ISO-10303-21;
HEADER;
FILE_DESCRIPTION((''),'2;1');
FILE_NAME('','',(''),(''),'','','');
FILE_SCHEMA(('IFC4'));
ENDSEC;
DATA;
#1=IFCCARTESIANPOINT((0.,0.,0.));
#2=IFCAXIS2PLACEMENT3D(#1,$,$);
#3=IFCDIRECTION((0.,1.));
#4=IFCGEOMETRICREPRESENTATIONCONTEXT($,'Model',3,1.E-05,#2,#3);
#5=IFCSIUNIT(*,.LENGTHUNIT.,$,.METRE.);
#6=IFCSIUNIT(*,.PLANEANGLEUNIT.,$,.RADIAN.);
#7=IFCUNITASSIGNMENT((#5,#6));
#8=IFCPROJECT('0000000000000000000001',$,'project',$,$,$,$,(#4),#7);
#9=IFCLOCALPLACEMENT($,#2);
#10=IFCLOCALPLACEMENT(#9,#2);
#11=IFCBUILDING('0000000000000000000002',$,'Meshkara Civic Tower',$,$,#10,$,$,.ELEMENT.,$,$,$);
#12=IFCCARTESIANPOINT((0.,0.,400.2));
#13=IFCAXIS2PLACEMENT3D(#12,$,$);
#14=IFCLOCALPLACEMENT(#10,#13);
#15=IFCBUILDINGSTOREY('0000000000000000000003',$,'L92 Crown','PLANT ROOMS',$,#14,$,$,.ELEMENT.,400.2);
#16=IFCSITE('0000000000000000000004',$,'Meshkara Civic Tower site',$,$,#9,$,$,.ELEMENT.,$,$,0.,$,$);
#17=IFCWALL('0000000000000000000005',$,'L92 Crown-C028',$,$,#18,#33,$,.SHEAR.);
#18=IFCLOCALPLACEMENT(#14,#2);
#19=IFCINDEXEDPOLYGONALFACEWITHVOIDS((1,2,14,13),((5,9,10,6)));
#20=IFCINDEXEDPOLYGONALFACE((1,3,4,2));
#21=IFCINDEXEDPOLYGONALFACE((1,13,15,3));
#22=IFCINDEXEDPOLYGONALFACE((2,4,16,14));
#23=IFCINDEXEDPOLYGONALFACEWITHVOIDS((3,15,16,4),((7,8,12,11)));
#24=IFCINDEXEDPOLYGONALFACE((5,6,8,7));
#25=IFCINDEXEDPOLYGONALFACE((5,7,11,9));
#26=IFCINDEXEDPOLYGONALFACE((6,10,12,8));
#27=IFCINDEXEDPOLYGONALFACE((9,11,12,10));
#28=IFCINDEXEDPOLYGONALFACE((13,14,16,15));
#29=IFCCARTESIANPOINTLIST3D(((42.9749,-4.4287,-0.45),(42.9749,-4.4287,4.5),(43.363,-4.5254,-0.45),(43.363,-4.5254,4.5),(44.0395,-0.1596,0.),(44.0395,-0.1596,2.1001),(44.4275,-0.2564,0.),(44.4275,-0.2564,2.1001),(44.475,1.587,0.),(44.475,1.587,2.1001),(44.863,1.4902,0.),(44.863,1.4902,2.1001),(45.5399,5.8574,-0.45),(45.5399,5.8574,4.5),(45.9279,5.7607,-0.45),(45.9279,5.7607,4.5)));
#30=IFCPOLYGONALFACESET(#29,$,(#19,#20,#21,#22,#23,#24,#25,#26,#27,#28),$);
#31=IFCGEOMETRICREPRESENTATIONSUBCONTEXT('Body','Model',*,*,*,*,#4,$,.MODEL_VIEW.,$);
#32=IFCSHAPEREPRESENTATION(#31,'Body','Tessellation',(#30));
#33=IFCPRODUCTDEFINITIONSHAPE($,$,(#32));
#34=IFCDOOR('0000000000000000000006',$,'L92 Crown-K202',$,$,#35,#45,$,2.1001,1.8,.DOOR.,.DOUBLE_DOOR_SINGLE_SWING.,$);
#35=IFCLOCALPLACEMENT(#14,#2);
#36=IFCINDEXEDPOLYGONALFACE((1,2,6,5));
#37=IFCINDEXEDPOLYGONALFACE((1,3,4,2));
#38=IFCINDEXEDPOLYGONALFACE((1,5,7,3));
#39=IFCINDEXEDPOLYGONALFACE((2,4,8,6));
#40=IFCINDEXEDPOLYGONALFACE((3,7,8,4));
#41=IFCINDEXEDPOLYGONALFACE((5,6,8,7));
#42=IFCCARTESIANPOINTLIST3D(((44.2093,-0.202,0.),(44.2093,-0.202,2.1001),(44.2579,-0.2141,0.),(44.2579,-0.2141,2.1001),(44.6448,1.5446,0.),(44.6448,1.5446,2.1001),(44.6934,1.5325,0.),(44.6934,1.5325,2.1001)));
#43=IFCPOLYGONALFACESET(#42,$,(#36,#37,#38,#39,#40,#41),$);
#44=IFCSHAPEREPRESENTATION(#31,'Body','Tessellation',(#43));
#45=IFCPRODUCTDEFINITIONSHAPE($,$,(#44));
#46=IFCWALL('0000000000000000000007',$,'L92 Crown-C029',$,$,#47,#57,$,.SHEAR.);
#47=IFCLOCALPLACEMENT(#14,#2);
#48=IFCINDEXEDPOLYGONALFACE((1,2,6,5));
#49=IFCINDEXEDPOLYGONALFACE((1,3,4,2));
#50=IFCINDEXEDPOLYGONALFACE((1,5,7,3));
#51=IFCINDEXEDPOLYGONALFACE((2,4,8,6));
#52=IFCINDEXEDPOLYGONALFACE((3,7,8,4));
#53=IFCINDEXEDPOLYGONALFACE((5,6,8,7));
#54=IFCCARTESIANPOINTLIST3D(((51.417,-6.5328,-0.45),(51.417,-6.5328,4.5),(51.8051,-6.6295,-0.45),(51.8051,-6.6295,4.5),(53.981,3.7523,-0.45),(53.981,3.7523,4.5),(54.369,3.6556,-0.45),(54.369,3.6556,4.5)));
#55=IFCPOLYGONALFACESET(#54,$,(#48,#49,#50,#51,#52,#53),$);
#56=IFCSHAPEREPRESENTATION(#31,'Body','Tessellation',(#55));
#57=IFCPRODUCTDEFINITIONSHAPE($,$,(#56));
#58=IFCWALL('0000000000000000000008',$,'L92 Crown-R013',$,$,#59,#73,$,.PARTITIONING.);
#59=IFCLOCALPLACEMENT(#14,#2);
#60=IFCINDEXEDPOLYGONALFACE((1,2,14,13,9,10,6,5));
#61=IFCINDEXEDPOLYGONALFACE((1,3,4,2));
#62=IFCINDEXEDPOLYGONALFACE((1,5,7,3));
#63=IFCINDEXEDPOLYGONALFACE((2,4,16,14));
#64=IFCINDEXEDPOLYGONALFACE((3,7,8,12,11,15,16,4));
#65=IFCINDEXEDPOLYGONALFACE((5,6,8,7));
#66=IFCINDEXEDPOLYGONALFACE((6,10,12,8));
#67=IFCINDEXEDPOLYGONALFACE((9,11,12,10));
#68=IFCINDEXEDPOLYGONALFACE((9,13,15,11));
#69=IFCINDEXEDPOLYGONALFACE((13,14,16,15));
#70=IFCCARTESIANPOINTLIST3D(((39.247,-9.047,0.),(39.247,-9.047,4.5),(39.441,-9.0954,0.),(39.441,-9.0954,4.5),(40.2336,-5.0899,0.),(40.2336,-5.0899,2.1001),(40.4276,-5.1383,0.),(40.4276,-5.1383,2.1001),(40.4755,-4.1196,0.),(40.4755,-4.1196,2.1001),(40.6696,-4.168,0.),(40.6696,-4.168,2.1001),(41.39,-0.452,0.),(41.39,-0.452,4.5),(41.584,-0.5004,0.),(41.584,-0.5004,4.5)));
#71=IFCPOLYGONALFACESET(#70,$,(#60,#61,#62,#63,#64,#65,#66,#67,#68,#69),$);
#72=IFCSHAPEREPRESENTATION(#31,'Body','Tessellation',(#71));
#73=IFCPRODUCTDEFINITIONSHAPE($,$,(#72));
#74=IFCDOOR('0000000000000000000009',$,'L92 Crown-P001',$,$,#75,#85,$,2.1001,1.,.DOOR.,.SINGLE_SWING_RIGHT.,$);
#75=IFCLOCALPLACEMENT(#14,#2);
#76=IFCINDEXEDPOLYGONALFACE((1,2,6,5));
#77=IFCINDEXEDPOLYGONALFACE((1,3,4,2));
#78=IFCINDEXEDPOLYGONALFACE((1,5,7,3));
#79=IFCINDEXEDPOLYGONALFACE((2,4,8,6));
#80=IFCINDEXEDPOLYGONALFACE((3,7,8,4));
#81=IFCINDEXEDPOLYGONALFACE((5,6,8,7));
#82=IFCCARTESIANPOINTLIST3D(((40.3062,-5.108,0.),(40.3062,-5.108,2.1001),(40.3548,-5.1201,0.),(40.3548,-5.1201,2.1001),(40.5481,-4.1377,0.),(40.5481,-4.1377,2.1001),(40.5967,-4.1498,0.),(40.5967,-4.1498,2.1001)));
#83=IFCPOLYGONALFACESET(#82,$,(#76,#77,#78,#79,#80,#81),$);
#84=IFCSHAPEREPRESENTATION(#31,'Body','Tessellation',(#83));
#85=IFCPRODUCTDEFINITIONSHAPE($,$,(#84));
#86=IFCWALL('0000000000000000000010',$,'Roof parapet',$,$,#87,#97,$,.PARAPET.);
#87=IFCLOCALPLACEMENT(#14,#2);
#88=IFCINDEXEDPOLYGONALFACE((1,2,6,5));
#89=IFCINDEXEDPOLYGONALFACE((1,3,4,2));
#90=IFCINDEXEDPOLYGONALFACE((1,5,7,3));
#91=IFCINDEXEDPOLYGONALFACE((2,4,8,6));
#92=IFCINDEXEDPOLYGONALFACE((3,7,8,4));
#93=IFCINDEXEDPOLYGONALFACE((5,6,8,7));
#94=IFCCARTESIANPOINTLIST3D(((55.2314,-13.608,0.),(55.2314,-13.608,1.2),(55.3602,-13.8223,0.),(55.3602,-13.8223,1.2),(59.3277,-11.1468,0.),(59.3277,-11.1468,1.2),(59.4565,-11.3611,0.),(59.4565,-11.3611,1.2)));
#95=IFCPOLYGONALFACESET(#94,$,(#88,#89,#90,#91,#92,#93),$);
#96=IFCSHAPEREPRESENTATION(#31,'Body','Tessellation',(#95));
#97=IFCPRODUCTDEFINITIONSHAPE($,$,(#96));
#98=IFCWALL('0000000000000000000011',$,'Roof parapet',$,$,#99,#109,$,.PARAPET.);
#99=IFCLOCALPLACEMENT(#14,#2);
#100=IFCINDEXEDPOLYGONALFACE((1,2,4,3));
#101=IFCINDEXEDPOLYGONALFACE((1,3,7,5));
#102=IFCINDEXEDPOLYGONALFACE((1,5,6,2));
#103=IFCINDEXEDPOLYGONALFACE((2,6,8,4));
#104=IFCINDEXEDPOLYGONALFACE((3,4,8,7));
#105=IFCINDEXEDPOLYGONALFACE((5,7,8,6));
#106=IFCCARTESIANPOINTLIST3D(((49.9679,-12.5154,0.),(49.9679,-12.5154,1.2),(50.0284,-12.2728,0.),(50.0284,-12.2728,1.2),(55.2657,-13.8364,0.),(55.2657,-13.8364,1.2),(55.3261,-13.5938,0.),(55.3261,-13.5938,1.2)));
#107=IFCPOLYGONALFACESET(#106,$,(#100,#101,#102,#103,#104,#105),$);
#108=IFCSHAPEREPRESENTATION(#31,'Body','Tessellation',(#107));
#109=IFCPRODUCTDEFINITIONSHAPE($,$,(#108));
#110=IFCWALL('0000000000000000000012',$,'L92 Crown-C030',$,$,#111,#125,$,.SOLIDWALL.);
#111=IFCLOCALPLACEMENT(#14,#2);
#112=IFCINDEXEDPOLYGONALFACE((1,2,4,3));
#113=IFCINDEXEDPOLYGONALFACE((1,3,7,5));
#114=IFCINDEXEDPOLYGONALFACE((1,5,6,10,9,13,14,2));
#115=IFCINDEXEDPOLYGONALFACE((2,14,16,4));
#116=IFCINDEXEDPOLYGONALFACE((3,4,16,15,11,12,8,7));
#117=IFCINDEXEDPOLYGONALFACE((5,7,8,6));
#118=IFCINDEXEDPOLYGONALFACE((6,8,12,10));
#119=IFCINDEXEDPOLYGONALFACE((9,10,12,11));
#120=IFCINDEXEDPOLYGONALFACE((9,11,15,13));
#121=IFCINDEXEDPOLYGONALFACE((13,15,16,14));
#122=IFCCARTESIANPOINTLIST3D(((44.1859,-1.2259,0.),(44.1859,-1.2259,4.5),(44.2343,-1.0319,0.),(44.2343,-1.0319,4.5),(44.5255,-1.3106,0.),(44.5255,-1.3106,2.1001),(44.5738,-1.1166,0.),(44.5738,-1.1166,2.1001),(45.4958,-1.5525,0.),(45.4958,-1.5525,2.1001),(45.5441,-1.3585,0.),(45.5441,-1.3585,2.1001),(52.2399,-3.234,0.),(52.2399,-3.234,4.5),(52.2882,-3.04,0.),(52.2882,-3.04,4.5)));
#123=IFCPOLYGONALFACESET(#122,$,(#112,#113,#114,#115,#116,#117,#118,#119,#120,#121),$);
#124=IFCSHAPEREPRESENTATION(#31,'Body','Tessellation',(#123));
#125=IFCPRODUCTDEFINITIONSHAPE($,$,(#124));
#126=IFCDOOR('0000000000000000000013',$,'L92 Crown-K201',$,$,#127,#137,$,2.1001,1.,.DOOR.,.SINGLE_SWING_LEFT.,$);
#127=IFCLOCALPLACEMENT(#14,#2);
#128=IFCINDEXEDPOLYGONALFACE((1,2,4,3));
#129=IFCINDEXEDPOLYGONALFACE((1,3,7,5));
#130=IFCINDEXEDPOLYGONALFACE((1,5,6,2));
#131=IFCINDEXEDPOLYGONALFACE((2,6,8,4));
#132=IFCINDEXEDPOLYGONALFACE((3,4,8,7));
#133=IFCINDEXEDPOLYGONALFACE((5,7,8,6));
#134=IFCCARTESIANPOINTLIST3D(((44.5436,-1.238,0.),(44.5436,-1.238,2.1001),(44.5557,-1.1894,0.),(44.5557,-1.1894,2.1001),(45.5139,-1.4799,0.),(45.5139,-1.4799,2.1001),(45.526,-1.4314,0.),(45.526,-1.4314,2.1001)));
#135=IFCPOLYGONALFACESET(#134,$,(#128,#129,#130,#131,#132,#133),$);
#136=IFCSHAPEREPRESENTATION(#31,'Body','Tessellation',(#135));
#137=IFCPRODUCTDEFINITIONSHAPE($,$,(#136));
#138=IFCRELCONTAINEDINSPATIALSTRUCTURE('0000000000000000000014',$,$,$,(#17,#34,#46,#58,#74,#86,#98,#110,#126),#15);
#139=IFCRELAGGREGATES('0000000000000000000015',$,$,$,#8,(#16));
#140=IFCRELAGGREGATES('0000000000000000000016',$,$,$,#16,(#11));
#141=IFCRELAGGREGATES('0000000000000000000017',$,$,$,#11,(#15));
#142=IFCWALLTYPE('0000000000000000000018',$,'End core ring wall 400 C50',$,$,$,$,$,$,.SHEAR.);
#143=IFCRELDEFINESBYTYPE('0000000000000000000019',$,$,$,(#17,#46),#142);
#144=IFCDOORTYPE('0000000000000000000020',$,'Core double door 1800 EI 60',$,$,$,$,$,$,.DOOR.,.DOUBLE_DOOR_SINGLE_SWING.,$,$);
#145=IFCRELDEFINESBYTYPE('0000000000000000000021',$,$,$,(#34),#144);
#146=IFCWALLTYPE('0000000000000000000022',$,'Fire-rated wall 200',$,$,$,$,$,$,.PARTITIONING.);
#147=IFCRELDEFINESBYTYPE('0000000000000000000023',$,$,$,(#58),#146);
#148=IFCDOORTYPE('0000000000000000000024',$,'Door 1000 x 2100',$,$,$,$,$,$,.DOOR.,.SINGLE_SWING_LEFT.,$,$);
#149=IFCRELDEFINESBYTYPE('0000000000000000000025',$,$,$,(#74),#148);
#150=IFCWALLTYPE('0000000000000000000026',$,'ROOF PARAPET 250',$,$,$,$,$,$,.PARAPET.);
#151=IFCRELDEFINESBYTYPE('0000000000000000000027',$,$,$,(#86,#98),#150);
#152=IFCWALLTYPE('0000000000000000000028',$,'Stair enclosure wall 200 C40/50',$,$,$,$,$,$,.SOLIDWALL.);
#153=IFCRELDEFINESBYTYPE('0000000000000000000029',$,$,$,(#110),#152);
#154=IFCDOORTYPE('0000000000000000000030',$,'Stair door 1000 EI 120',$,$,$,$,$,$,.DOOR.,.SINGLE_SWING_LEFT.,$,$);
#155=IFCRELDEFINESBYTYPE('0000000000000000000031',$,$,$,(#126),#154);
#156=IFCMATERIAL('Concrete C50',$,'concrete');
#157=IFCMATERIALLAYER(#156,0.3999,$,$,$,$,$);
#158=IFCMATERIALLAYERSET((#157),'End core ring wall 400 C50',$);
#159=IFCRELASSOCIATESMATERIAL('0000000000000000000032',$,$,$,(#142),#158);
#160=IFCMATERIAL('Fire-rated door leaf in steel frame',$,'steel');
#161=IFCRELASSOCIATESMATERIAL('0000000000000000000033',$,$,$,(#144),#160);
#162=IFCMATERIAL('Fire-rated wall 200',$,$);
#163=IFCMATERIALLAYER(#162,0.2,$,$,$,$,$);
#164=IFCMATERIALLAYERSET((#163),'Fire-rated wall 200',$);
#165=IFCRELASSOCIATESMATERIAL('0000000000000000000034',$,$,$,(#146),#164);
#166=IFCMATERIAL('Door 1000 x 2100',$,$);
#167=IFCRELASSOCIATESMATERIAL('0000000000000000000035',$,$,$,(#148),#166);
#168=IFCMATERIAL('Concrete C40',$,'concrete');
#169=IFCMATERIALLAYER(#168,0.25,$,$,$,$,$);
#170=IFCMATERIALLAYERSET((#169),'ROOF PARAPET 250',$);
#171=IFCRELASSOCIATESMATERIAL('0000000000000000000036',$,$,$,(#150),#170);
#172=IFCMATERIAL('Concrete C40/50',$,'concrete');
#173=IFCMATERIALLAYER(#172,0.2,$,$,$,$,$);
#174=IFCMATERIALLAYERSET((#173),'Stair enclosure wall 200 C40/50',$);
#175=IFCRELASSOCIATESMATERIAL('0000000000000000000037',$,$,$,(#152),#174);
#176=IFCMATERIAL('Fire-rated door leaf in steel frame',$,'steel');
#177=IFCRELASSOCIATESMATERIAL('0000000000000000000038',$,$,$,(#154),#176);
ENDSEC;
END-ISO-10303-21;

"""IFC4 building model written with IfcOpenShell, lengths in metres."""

from ifc_helpers import new_model, si_unit, direction, frame, frame_2d, origin, place, context, subcontext, project, spatial, rectangle, extrude, material, layer, layer_set, type_object, element, fill, save


model = new_model("IFC4")

# Units and contexts
model_context = context("Model", 3, precision=1e-05, world=origin(), true_north=direction((0.0, 1.0)))
body_context = subcontext(model_context, "Body", "Model", "MODEL_VIEW")
ifc_project = project(units=[si_unit("LENGTHUNIT", "METRE"), si_unit("PLANEANGLEUNIT", "RADIAN")], contexts=[model_context])

# Site, building, storey
site_placement = place(None, origin())
site = spatial("IfcSite", under=ifc_project, at=site_placement, Name="Meshkara Civic Tower site", CompositionType="ELEMENT", RefElevation=0.0)
building_placement = place(site_placement, origin())
building = spatial("IfcBuilding", under=site, at=building_placement, Name="Meshkara Civic Tower", CompositionType="ELEMENT")
storey_placement = place(building_placement, frame((0.0, 0.0, 400.2)))
storey = spatial("IfcBuildingStorey", under=building, at=storey_placement, Name="L92 Crown", Description="PLANT ROOMS", CompositionType="ELEMENT", Elevation=400.2)

# Shared definitions
ifc_material_1 = material(Name="Concrete C50", Category="concrete")
ifc_layer_1 = layer(ifc_material_1, 0.3999)
ifc_layer_set_1 = layer_set([ifc_layer_1], Name="End core ring wall 400 C50")
wall_type_1 = type_object("IfcWallType", Name="End core ring wall 400 C50", PredefinedType="SHEAR", material=ifc_layer_set_1)

# Wall, opening, door
wall_1_placement = place(storey_placement, frame((43.1689, -4.4771, -0.45), z_axis=(0.0, 0.0, 1.0), x_axis=(0.24195, 0.970289, 0.0)))
wall_1 = element("IfcWall", 1, at=wall_1_placement, inside=storey, type_object=wall_type_1, Name="L92 Crown-C028", PredefinedType="SHEAR", context=body_context, shape_type="SweptSolid", body=[
    extrude(rectangle(XDim=10.6011, YDim=0.3999, at=frame_2d((5.3005, 0.0))), origin(), (0.0, 0.0, 1.0), 4.95),
])
opening_1_placement = place(wall_1_placement, frame((4.3999, 0.0, 0.45)))
opening_1 = element("IfcOpeningElement", 2, at=opening_1_placement, cuts=wall_1, PredefinedType="OPENING", context=body_context, shape_type="SweptSolid", body=[
    extrude(rectangle(XDim=1.8, YDim=2.1001, at=frame_2d((0.8999, 1.05))), frame((0.0, 0.21, 0.0), z_axis=(0.0, -1.0, 0.0), x_axis=(1.0, 0.0, 0.0)), (0.0, 0.0, 1.0), 0.4199),
])
ifc_material_2 = material(Name="Fire-rated door leaf in steel frame", Category="steel")
door_type_1 = type_object("IfcDoorType", Name="Core double door 1800 EI 60", OperationType="DOUBLE_DOOR_SINGLE_SWING", PredefinedType="DOOR", material=ifc_material_2)
door_1_placement = place(opening_1_placement, origin())
door_1 = element("IfcDoor", 3, at=door_1_placement, inside=storey, type_object=door_type_1, Name="L92 Crown-K202", OperationType="DOUBLE_DOOR_SINGLE_SWING", OverallHeight=2.1001, OverallWidth=1.8, PredefinedType="DOOR", context=body_context, shape_type="SweptSolid", body=[
    extrude(rectangle(XDim=1.8, YDim=2.1001, at=frame_2d((0.8999, 1.05))), frame((0.0, 0.0249, 0.0), z_axis=(0.0, -1.0, 0.0), x_axis=(1.0, 0.0, 0.0)), (0.0, 0.0, 1.0), 0.05),
])
fill(opening_1, door_1)

# Wall
wall_2_placement = place(storey_placement, frame((51.6111, -6.5811, -0.45), z_axis=(0.0, 0.0, 1.0), x_axis=(0.241885, 0.970305, 0.0)))
element("IfcWall", 4, at=wall_2_placement, inside=storey, type_object=wall_type_1, Name="L92 Crown-C029", PredefinedType="SHEAR", context=body_context, shape_type="SweptSolid", body=[
    extrude(rectangle(XDim=10.5999, YDim=0.3999, at=frame_2d((5.2998, 0.0))), origin(), (0.0, 0.0, 1.0), 4.95),
])

# Wall, opening, door
ifc_material_3 = material(Name="Fire-rated wall 200")
ifc_layer_2 = layer(ifc_material_3, 0.2)
ifc_layer_set_2 = layer_set([ifc_layer_2], Name="Fire-rated wall 200")
wall_type_2 = type_object("IfcWallType", Name="Fire-rated wall 200", PredefinedType="PARTITIONING", material=ifc_layer_set_2)
wall_3_placement = place(storey_placement, frame((41.4871, -0.4761, 0.0), z_axis=(0.0, 0.0, 1.0), x_axis=(-0.241932, -0.970293, 0.0)))
wall_3 = element("IfcWall", 5, at=wall_3_placement, inside=storey, type_object=wall_type_2, Name="L92 Crown-R013", PredefinedType="PARTITIONING", context=body_context, shape_type="SweptSolid", body=[
    extrude(rectangle(XDim=8.8582, YDim=0.2, at=frame_2d((4.4292, 0.0))), origin(), (0.0, 0.0, 1.0), 4.5),
])
opening_2_placement = place(wall_3_placement, frame((3.78, 0.0, 0.0)))
opening_2 = element("IfcOpeningElement", 6, at=opening_2_placement, cuts=wall_3, PredefinedType="OPENING", context=body_context, shape_type="SweptSolid", body=[
    extrude(rectangle(XDim=1.0, YDim=2.1001, at=frame_2d((0.5, 1.05))), frame((0.0, 0.1099, 0.0), z_axis=(0.0, -1.0, 0.0), x_axis=(1.0, 0.0, 0.0)), (0.0, 0.0, 1.0), 0.22),
])
ifc_material_4 = material(Name="Door 1000 x 2100")
door_type_2 = type_object("IfcDoorType", Name="Door 1000 x 2100", OperationType="SINGLE_SWING_LEFT", PredefinedType="DOOR", material=ifc_material_4)
door_2_placement = place(opening_2_placement, origin())
door_2 = element("IfcDoor", 7, at=door_2_placement, inside=storey, type_object=door_type_2, Name="L92 Crown-P001", OperationType="SINGLE_SWING_RIGHT", OverallHeight=2.1001, OverallWidth=1.0, PredefinedType="DOOR", context=body_context, shape_type="SweptSolid", body=[
    extrude(rectangle(XDim=1.0, YDim=2.1001, at=frame_2d((0.5, 1.05))), frame((0.0, 0.0249, 0.0), z_axis=(0.0, -1.0, 0.0), x_axis=(1.0, 0.0, 0.0)), (0.0, 0.0, 1.0), 0.05),
])
fill(opening_2, door_2)

# Walls
ifc_material_5 = material(Name="Concrete C40", Category="concrete")
ifc_layer_3 = layer(ifc_material_5, 0.25)
ifc_layer_set_3 = layer_set([ifc_layer_3], Name="ROOF PARAPET 250")
wall_type_3 = type_object("IfcWallType", Name="ROOF PARAPET 250", PredefinedType="PARAPET", material=ifc_layer_set_3)
wall_4_placement = place(storey_placement, frame((59.3921, -11.2539, 0.0), z_axis=(0.0, 0.0, 1.0), x_axis=(-0.857173, -0.515029, 0.0)))
element("IfcWall", 8, at=wall_4_placement, inside=storey, type_object=wall_type_3, Name="Roof parapet", PredefinedType="PARAPET", context=body_context, shape_type="SweptSolid", body=[
    extrude(rectangle(XDim=4.7788, YDim=0.25, at=frame_2d((2.3894, 0.0))), origin(), (0.0, 0.0, 1.0), 1.2),
])
wall_5_placement = place(storey_placement, frame((55.2959, -13.7151, 0.0), z_axis=(0.0, 0.0, 1.0), x_axis=(-0.97029, 0.241946, 0.0)))
element("IfcWall", 9, at=wall_5_placement, inside=storey, type_object=wall_type_3, Name="Roof parapet", PredefinedType="PARAPET", context=body_context, shape_type="SweptSolid", body=[
    extrude(rectangle(XDim=5.46, YDim=0.25, at=frame_2d((2.73, 0.0))), origin(), (0.0, 0.0, 1.0), 1.2),
])

# Wall, opening, door
ifc_material_6 = material(Name="Concrete C40/50", Category="concrete")
ifc_layer_4 = layer(ifc_material_6, 0.2)
ifc_layer_set_4 = layer_set([ifc_layer_4], Name="Stair enclosure wall 200 C40/50")
wall_type_4 = type_object("IfcWallType", Name="Stair enclosure wall 200 C40/50", PredefinedType="SOLIDWALL", material=ifc_layer_set_4)
wall_6_placement = place(storey_placement, frame((44.21, -1.1289, 0.0), z_axis=(0.0, 0.0, 1.0), x_axis=(0.970296, -0.24192, 0.0)))
wall_6 = element("IfcWall", 10, at=wall_6_placement, inside=storey, type_object=wall_type_4, Name="L92 Crown-C030", PredefinedType="SOLIDWALL", context=body_context, shape_type="SweptSolid", body=[
    extrude(rectangle(XDim=8.3005, YDim=0.2, at=frame_2d((4.1504, 0.0))), origin(), (0.0, 0.0, 1.0), 4.5),
])
opening_3_placement = place(wall_6_placement, frame((0.3501, 0.0, 0.0)))
opening_3 = element("IfcOpeningElement", 11, at=opening_3_placement, cuts=wall_6, PredefinedType="OPENING", context=body_context, shape_type="SweptSolid", body=[
    extrude(rectangle(XDim=1.0, YDim=2.1001, at=frame_2d((0.5, 1.05))), frame((0.0, 0.1099, 0.0), z_axis=(0.0, -1.0, 0.0), x_axis=(1.0, 0.0, 0.0)), (0.0, 0.0, 1.0), 0.22),
])
ifc_material_7 = material(Name="Fire-rated door leaf in steel frame", Category="steel")
door_type_3 = type_object("IfcDoorType", Name="Stair door 1000 EI 120", OperationType="SINGLE_SWING_LEFT", PredefinedType="DOOR", material=ifc_material_7)
door_3_placement = place(opening_3_placement, origin())
door_3 = element("IfcDoor", 12, at=door_3_placement, inside=storey, type_object=door_type_3, Name="L92 Crown-K201", OperationType="SINGLE_SWING_LEFT", OverallHeight=2.1001, OverallWidth=1.0, PredefinedType="DOOR", context=body_context, shape_type="SweptSolid", body=[
    extrude(rectangle(XDim=1.0, YDim=2.1001, at=frame_2d((0.5, 1.05))), frame((0.0, 0.0249, 0.0), z_axis=(0.0, -1.0, 0.0), x_axis=(1.0, 0.0, 0.0)), (0.0, 0.0, 1.0), 0.05),
])
fill(opening_3, door_3)

save(model, "model.ifc")
